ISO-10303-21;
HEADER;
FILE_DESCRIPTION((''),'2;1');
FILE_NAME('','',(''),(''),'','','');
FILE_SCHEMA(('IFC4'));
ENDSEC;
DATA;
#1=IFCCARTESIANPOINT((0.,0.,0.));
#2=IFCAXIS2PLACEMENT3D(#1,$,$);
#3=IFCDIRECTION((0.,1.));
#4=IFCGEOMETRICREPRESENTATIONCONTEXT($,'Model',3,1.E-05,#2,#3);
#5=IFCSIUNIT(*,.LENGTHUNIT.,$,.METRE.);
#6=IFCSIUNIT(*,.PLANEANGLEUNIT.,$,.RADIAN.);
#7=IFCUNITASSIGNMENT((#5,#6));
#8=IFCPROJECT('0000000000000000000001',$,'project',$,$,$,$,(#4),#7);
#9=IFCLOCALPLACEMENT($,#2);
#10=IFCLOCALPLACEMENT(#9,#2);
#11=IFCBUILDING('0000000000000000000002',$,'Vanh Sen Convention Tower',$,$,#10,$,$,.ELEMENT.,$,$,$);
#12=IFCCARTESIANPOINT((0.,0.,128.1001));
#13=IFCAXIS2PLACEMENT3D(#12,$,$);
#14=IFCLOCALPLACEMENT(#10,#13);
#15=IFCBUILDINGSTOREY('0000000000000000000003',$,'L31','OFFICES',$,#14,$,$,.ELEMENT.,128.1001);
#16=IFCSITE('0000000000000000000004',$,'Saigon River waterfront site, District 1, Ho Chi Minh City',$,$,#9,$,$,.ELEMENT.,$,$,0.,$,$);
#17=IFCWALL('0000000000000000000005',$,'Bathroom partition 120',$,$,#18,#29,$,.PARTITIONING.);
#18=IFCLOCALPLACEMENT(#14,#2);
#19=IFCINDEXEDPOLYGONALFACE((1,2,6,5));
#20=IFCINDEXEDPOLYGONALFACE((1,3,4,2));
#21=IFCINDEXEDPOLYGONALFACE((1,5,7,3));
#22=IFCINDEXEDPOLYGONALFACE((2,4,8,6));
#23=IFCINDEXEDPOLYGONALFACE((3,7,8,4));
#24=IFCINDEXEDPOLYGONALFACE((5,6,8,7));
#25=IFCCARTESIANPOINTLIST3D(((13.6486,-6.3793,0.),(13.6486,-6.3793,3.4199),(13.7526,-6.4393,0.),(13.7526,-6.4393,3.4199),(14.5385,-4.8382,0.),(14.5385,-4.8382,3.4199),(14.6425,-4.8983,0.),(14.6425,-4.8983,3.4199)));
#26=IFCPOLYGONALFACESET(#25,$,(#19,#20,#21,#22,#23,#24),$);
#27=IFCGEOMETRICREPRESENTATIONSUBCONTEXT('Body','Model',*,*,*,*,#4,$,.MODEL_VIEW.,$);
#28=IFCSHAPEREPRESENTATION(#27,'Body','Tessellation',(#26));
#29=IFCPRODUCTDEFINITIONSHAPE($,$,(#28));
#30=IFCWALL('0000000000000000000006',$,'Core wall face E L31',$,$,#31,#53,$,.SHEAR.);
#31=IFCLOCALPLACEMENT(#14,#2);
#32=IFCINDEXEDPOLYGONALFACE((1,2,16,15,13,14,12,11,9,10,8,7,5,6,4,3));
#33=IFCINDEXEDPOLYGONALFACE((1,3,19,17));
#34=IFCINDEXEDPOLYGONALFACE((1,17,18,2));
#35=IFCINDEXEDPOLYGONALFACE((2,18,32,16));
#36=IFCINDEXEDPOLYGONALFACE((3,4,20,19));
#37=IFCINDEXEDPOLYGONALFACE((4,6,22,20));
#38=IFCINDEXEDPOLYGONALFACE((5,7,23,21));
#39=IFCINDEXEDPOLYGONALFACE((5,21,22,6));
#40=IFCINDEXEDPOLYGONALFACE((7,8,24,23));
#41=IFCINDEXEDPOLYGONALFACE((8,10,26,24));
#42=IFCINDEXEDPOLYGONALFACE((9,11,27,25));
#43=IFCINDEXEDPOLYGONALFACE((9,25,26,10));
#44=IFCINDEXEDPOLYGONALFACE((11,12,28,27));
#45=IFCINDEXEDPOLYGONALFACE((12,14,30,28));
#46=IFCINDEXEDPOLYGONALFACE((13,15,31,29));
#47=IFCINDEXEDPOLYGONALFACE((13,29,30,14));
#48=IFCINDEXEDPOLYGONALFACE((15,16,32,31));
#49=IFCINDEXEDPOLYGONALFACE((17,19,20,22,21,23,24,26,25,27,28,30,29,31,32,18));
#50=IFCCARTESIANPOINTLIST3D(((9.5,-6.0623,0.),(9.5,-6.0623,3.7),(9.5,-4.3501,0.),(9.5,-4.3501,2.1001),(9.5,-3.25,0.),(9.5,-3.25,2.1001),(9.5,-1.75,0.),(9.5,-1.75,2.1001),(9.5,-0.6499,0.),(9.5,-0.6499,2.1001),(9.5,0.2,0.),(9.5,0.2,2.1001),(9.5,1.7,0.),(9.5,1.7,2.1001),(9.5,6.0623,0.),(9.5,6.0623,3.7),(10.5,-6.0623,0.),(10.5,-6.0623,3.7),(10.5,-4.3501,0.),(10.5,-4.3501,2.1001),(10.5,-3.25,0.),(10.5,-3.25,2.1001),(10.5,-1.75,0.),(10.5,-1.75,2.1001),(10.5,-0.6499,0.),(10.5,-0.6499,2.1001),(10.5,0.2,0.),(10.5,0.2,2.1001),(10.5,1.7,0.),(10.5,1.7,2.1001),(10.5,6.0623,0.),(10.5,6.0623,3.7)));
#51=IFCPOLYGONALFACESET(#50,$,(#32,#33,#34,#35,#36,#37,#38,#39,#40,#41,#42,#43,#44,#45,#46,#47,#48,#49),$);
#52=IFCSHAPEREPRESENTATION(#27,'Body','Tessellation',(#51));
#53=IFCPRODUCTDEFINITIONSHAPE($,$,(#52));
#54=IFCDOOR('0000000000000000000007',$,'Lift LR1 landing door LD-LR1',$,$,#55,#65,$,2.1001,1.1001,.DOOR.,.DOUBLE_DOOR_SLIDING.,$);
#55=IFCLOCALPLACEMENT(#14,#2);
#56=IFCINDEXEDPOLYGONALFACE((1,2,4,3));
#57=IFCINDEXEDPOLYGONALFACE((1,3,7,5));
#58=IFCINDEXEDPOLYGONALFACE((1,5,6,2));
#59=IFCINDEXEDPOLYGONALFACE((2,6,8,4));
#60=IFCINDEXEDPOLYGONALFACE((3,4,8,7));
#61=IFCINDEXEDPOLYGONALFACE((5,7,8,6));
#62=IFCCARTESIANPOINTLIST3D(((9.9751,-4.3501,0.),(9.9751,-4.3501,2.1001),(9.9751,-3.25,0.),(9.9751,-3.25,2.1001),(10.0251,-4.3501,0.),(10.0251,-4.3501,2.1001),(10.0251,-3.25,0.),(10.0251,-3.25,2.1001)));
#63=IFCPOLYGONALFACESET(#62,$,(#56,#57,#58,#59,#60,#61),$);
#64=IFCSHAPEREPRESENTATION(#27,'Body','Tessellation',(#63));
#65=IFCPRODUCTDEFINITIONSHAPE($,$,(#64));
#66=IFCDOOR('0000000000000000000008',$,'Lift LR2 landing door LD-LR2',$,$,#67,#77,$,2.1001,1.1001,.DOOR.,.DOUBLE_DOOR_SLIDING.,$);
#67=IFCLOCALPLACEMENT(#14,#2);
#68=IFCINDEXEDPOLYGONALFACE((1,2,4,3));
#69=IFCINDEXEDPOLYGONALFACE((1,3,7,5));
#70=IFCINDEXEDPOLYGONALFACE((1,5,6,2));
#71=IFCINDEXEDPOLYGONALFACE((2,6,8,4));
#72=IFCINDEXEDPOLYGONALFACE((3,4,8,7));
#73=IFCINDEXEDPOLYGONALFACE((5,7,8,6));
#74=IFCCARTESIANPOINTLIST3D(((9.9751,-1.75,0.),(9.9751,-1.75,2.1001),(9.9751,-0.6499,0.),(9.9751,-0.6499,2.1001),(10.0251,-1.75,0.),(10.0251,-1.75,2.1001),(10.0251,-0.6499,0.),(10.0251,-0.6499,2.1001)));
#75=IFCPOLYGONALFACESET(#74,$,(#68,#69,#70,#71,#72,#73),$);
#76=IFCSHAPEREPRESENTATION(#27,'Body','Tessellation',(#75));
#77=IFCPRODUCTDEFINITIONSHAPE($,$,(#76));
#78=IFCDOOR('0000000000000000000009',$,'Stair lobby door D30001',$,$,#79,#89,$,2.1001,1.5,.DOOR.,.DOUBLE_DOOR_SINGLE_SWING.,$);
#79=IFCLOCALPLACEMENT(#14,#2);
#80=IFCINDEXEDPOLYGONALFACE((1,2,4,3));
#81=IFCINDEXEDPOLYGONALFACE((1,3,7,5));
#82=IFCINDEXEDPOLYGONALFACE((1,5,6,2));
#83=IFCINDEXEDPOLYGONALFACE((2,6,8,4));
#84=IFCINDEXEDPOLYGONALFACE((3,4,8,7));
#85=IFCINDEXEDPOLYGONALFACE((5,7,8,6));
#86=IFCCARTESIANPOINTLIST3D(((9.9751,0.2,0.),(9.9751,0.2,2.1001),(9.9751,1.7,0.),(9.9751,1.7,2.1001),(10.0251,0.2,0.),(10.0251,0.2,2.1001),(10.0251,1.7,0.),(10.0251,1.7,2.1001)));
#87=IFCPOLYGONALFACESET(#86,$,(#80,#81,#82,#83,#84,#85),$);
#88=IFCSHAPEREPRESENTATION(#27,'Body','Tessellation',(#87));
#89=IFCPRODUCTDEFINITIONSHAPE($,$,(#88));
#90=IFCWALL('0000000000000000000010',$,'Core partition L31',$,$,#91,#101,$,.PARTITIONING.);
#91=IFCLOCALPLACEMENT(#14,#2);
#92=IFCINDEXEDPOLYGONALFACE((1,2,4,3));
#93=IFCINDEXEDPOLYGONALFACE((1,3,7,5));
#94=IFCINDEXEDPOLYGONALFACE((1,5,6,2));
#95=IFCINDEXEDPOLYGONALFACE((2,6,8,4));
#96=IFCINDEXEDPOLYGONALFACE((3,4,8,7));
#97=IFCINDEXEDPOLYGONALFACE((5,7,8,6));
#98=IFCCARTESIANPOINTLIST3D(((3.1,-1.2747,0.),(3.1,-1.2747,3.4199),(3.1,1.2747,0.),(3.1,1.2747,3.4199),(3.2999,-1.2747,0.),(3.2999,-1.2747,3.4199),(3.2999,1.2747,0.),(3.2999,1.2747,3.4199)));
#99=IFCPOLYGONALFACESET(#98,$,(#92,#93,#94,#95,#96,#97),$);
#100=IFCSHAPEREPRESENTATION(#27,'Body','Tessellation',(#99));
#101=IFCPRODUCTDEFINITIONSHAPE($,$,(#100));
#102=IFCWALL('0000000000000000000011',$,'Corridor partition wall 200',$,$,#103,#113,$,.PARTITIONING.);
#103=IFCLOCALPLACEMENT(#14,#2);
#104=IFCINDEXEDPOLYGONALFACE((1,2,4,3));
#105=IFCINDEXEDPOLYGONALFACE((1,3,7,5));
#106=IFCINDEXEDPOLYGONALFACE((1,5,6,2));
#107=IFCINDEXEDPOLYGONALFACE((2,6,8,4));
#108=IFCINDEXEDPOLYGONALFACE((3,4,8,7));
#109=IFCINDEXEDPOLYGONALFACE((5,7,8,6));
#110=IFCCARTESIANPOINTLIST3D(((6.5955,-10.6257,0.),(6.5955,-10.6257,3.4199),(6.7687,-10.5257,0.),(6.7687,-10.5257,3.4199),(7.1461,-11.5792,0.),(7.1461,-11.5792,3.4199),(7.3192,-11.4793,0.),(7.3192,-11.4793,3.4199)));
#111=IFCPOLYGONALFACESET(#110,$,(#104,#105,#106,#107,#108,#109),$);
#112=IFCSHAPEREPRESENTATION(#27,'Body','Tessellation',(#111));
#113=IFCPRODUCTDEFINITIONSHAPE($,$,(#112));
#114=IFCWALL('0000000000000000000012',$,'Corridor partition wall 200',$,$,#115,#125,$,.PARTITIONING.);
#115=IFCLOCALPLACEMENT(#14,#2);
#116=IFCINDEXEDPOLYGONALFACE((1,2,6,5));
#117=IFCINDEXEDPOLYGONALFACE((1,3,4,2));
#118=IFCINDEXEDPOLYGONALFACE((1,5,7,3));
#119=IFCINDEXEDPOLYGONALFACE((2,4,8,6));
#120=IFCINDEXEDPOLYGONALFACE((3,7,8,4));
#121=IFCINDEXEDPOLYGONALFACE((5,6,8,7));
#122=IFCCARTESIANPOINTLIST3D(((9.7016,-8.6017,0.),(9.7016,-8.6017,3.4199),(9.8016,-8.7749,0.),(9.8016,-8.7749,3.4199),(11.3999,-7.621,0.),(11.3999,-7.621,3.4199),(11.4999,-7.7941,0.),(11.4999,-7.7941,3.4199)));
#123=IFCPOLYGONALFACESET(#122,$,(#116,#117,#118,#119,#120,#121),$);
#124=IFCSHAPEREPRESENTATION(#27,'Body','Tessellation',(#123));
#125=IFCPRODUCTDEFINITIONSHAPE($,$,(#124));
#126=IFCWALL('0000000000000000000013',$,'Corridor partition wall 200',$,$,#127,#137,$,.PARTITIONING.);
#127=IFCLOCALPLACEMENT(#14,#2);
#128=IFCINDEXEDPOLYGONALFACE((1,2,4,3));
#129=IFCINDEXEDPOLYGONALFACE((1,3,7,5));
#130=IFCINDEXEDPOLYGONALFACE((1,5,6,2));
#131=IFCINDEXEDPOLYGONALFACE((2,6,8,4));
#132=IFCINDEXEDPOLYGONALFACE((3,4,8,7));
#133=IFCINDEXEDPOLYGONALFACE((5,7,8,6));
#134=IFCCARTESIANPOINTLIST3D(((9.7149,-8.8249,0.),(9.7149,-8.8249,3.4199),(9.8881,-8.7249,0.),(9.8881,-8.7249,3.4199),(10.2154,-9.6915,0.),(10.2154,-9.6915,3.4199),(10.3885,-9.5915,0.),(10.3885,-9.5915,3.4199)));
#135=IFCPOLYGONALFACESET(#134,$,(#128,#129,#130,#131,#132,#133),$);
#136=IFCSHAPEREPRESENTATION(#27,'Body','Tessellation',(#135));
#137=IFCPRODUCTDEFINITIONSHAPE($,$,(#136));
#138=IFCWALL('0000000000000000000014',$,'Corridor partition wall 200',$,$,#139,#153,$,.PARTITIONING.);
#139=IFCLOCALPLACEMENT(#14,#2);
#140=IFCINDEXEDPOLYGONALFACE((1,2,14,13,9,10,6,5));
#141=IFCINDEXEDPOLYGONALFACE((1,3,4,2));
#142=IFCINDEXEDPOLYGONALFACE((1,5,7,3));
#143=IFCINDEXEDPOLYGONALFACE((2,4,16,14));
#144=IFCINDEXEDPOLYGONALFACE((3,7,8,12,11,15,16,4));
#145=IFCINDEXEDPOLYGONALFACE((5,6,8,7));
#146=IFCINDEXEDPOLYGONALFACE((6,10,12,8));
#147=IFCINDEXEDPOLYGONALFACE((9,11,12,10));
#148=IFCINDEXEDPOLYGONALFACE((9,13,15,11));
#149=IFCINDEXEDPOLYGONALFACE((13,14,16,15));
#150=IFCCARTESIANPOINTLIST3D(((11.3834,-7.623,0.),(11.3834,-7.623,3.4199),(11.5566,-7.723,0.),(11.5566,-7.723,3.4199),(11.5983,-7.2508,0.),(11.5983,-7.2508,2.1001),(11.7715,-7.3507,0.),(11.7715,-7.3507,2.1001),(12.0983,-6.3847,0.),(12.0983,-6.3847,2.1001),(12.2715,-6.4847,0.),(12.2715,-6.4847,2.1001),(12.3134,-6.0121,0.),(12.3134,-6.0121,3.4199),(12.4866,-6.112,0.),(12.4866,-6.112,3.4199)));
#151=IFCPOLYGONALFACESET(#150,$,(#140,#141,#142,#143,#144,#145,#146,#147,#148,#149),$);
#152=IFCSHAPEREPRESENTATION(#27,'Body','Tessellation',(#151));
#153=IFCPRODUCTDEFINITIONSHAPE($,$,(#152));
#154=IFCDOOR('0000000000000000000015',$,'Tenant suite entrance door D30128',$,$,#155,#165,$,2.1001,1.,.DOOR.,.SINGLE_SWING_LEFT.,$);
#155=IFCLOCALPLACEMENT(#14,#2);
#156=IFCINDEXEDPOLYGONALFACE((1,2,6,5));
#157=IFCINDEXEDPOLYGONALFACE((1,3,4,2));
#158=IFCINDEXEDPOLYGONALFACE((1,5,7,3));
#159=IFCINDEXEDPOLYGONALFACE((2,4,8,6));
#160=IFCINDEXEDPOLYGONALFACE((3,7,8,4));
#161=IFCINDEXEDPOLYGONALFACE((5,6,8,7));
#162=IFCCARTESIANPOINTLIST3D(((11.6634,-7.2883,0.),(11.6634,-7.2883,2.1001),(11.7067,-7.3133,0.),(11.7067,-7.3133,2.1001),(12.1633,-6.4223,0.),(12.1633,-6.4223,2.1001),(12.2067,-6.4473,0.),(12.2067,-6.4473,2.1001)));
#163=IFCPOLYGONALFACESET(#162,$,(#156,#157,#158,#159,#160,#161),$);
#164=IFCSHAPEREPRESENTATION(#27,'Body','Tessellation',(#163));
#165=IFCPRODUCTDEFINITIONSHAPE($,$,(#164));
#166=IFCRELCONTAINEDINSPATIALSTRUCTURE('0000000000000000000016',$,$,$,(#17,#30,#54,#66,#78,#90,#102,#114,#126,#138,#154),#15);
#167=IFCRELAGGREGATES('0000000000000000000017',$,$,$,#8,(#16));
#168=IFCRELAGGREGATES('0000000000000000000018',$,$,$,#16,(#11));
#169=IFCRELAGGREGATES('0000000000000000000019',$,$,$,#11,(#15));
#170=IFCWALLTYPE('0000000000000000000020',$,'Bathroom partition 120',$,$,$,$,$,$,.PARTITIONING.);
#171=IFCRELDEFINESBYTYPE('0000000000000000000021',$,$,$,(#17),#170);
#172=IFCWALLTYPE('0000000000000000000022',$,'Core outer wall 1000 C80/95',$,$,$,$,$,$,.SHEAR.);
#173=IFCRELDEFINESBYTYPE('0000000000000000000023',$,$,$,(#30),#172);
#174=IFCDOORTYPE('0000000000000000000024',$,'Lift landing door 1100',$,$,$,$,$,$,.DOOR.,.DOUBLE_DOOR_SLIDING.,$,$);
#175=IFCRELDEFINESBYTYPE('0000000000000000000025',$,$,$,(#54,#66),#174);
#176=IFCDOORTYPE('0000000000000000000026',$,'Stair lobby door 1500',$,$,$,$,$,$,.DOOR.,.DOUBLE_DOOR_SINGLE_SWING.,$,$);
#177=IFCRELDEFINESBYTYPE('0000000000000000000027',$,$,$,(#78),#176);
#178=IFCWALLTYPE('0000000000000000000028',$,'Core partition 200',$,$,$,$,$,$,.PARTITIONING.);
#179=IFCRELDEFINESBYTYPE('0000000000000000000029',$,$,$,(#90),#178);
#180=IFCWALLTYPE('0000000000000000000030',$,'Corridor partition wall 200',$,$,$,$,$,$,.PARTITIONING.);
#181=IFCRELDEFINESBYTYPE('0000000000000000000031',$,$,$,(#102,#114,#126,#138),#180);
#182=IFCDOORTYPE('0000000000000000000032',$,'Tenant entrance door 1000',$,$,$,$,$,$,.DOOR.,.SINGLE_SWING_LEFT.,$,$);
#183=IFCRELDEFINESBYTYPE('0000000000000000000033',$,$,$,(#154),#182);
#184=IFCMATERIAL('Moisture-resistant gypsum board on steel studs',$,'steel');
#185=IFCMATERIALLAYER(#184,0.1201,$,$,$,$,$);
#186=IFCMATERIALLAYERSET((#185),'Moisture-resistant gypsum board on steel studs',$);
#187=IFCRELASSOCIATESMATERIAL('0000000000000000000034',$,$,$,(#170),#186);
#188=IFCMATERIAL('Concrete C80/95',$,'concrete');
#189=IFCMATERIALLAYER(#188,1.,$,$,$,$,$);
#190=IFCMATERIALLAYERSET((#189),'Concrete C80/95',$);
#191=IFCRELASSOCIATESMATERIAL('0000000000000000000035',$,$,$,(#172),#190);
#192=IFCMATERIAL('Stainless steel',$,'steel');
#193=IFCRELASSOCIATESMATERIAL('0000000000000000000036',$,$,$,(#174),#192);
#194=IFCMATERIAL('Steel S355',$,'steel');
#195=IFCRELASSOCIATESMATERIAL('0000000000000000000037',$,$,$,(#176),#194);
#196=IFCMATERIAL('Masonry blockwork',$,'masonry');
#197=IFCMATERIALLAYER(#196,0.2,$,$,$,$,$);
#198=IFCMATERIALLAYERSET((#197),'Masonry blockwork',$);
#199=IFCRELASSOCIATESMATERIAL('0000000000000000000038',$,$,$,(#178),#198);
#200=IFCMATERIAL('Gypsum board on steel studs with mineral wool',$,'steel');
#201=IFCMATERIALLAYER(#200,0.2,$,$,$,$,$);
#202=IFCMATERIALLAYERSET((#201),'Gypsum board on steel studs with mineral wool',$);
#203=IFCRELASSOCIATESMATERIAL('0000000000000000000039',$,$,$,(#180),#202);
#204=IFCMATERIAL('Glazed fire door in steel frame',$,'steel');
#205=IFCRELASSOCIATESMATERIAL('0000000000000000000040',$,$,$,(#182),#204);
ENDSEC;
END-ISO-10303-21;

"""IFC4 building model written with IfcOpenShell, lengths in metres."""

from ifc_helpers import new_model, si_unit, direction, frame, frame_2d, origin, place, context, subcontext, project, spatial, rectangle, extrude, material, layer, layer_set, type_object, element, fill, save


model = new_model("IFC4")

# Units and contexts
model_context = context("Model", 3, precision=1e-05, world=origin(), true_north=direction((0.0, 1.0)))
body_context = subcontext(model_context, "Body", "Model", "MODEL_VIEW")
ifc_project = project(units=[si_unit("LENGTHUNIT", "METRE"), si_unit("PLANEANGLEUNIT", "RADIAN")], contexts=[model_context])

# Site, building, storey
site_placement = place(None, origin())
site = spatial("IfcSite", under=ifc_project, at=site_placement, Name="Saigon River waterfront site, District 1, Ho Chi Minh City", CompositionType="ELEMENT", RefElevation=0.0)
building_placement = place(site_placement, origin())
building = spatial("IfcBuilding", under=site, at=building_placement, Name="Vanh Sen Convention Tower", CompositionType="ELEMENT")
storey_placement = place(building_placement, frame((0.0, 0.0, 128.1001)))
storey = spatial("IfcBuildingStorey", under=building, at=storey_placement, Name="L31", Description="OFFICES", CompositionType="ELEMENT", Elevation=128.1001)

# Wall
ifc_material_1 = material(Name="Moisture-resistant gypsum board on steel studs", Category="steel")
ifc_layer_1 = layer(ifc_material_1, 0.1201)
ifc_layer_set_1 = layer_set([ifc_layer_1], Name="Moisture-resistant gypsum board on steel studs")
wall_type_1 = type_object("IfcWallType", Name="Bathroom partition 120", PredefinedType="PARTITIONING", material=ifc_layer_set_1)
wall_1_placement = place(storey_placement, frame((13.7007, -6.4092, 0.0), z_axis=(0.0, 0.0, 1.0), x_axis=(0.500079, 0.86598, 0.0)))
element("IfcWall", 1, at=wall_1_placement, inside=storey, type_object=wall_type_1, Name="Bathroom partition 120", PredefinedType="PARTITIONING", context=body_context, shape_type="SweptSolid", body=[
    extrude(rectangle(XDim=1.7795, YDim=0.1201, at=frame_2d((0.8896, 0.0))), origin(), (0.0, 0.0, 1.0), 3.4199),
])

# Wall, openings, doors
ifc_material_2 = material(Name="Concrete C80/95", Category="concrete")
ifc_layer_2 = layer(ifc_material_2, 1.0)
ifc_layer_set_2 = layer_set([ifc_layer_2], Name="Concrete C80/95")
wall_type_2 = type_object("IfcWallType", Name="Core outer wall 1000 C80/95", PredefinedType="SHEAR", material=ifc_layer_set_2)
wall_2_placement = place(storey_placement, frame((10.0, -6.0623, 0.0), z_axis=(0.0, 0.0, 1.0), x_axis=(0.0, 1.0, 0.0)))
wall_2 = element("IfcWall", 2, at=wall_2_placement, inside=storey, type_object=wall_type_2, Name="Core wall face E L31", PredefinedType="SHEAR", context=body_context, shape_type="SweptSolid", body=[
    extrude(rectangle(XDim=12.1245, YDim=1.0, at=frame_2d((6.0623, 0.0))), origin(), (0.0, 0.0, 1.0), 3.7),
])
opening_1_placement = place(wall_2_placement, frame((6.2622, 0.0, 0.0)))
opening_1 = element("IfcOpeningElement", 3, at=opening_1_placement, cuts=wall_2, PredefinedType="OPENING", context=body_context, shape_type="SweptSolid", body=[
    extrude(rectangle(XDim=1.5, YDim=2.1001, at=frame_2d((0.75, 1.05))), frame((0.0, 0.51, 0.0), z_axis=(0.0, -1.0, 0.0), x_axis=(1.0, 0.0, 0.0)), (0.0, 0.0, 1.0), 1.02),
])
opening_2_placement = place(wall_2_placement, frame((1.7122, 0.0, 0.0)))
opening_2 = element("IfcOpeningElement", 4, at=opening_2_placement, cuts=wall_2, PredefinedType="OPENING", context=body_context, shape_type="SweptSolid", body=[
    extrude(rectangle(XDim=1.1001, YDim=2.1001, at=frame_2d((0.55, 1.05))), frame((0.0, 0.51, 0.0), z_axis=(0.0, -1.0, 0.0), x_axis=(1.0, 0.0, 0.0)), (0.0, 0.0, 1.0), 1.02),
])
opening_3_placement = place(wall_2_placement, frame((4.3123, 0.0, 0.0)))
opening_3 = element("IfcOpeningElement", 5, at=opening_3_placement, cuts=wall_2, PredefinedType="OPENING", context=body_context, shape_type="SweptSolid", body=[
    extrude(rectangle(XDim=1.1001, YDim=2.1001, at=frame_2d((0.55, 1.05))), frame((0.0, 0.51, 0.0), z_axis=(0.0, -1.0, 0.0), x_axis=(1.0, 0.0, 0.0)), (0.0, 0.0, 1.0), 1.02),
])
ifc_material_3 = material(Name="Stainless steel", Category="steel")
door_type_1 = type_object("IfcDoorType", Name="Lift landing door 1100", OperationType="DOUBLE_DOOR_SLIDING", PredefinedType="DOOR", material=ifc_material_3)
door_1_placement = place(opening_2_placement, origin())
door_1 = element("IfcDoor", 6, at=door_1_placement, inside=storey, type_object=door_type_1, Name="Lift LR1 landing door LD-LR1", OperationType="DOUBLE_DOOR_SLIDING", OverallHeight=2.1001, OverallWidth=1.1001, PredefinedType="DOOR", context=body_context, shape_type="SweptSolid", body=[
    extrude(rectangle(XDim=1.1001, YDim=2.1001, at=frame_2d((0.55, 1.05))), frame((0.0, 0.0249, 0.0), z_axis=(0.0, -1.0, 0.0), x_axis=(1.0, 0.0, 0.0)), (0.0, 0.0, 1.0), 0.05),
])
fill(opening_2, door_1)
door_2_placement = place(opening_3_placement, origin())
door_2 = element("IfcDoor", 7, at=door_2_placement, inside=storey, type_object=door_type_1, Name="Lift LR2 landing door LD-LR2", OperationType="DOUBLE_DOOR_SLIDING", OverallHeight=2.1001, OverallWidth=1.1001, PredefinedType="DOOR", context=body_context, shape_type="SweptSolid", body=[
    extrude(rectangle(XDim=1.1001, YDim=2.1001, at=frame_2d((0.55, 1.05))), frame((0.0, 0.0249, 0.0), z_axis=(0.0, -1.0, 0.0), x_axis=(1.0, 0.0, 0.0)), (0.0, 0.0, 1.0), 0.05),
])
fill(opening_3, door_2)
ifc_material_4 = material(Name="Steel S355", Category="steel")
door_type_2 = type_object("IfcDoorType", Name="Stair lobby door 1500", OperationType="DOUBLE_DOOR_SINGLE_SWING", PredefinedType="DOOR", material=ifc_material_4)
door_3_placement = place(opening_1_placement, origin())
door_3 = element("IfcDoor", 8, at=door_3_placement, inside=storey, type_object=door_type_2, Name="Stair lobby door D30001", OperationType="DOUBLE_DOOR_SINGLE_SWING", OverallHeight=2.1001, OverallWidth=1.5, PredefinedType="DOOR", context=body_context, shape_type="SweptSolid", body=[
    extrude(rectangle(XDim=1.5, YDim=2.1001, at=frame_2d((0.75, 1.05))), frame((0.0, 0.0249, 0.0), z_axis=(0.0, -1.0, 0.0), x_axis=(1.0, 0.0, 0.0)), (0.0, 0.0, 1.0), 0.05),
])
fill(opening_1, door_3)

# Walls
ifc_material_5 = material(Name="Masonry blockwork", Category="masonry")
ifc_layer_3 = layer(ifc_material_5, 0.2)
ifc_layer_set_3 = layer_set([ifc_layer_3], Name="Masonry blockwork")
wall_type_3 = type_object("IfcWallType", Name="Core partition 200", PredefinedType="PARTITIONING", material=ifc_layer_set_3)
wall_3_placement = place(storey_placement, frame((3.2, -1.2747, 0.0), z_axis=(0.0, 0.0, 1.0), x_axis=(0.0, 1.0, 0.0)))
element("IfcWall", 9, at=wall_3_placement, inside=storey, type_object=wall_type_3, Name="Core partition L31", PredefinedType="PARTITIONING", context=body_context, shape_type="SweptSolid", body=[
    extrude(rectangle(XDim=2.5493, YDim=0.2, at=frame_2d((1.2747, 0.0))), origin(), (0.0, 0.0, 1.0), 3.4199),
])
ifc_material_6 = material(Name="Gypsum board on steel studs with mineral wool", Category="steel")
ifc_layer_4 = layer(ifc_material_6, 0.2)
ifc_layer_set_4 = layer_set([ifc_layer_4], Name="Gypsum board on steel studs with mineral wool")
wall_type_4 = type_object("IfcWallType", Name="Corridor partition wall 200", PredefinedType="PARTITIONING", material=ifc_layer_set_4)
wall_4_placement = place(storey_placement, frame((6.6821, -10.5757, 0.0), z_axis=(0.0, 0.0, 1.0), x_axis=(0.499978, -0.866038, 0.0)))
element("IfcWall", 10, at=wall_4_placement, inside=storey, type_object=wall_type_4, Name="Corridor partition wall 200", PredefinedType="PARTITIONING", context=body_context, shape_type="SweptSolid", body=[
    extrude(rectangle(XDim=1.1011, YDim=0.2, at=frame_2d((0.5505, 0.0))), origin(), (0.0, 0.0, 1.0), 3.4199),
])
wall_5_placement = place(storey_placement, frame((9.7517, -8.6882, 0.0), z_axis=(0.0, 0.0, 1.0), x_axis=(0.865974, 0.500089, 0.0)))
element("IfcWall", 11, at=wall_5_placement, inside=storey, type_object=wall_type_4, Name="Corridor partition wall 200", PredefinedType="PARTITIONING", context=body_context, shape_type="SweptSolid", body=[
    extrude(rectangle(XDim=1.9612, YDim=0.2, at=frame_2d((0.9805, 0.0))), origin(), (0.0, 0.0, 1.0), 3.4199),
])
wall_6_placement = place(storey_placement, frame((10.302, -9.6416, 0.0), z_axis=(0.0, 0.0, 1.0), x_axis=(-0.500074, 0.865982, 0.0)))
element("IfcWall", 12, at=wall_6_placement, inside=storey, type_object=wall_type_4, Name="Corridor partition wall 200", PredefinedType="PARTITIONING", context=body_context, shape_type="SweptSolid", body=[
    extrude(rectangle(XDim=1.0007, YDim=0.2, at=frame_2d((0.5005, 0.0))), origin(), (0.0, 0.0, 1.0), 3.4199),
])

# Wall, opening, door
wall_7_placement = place(storey_placement, frame((11.47, -7.6731, 0.0), z_axis=(0.0, 0.0, 1.0), x_axis=(0.499965, 0.866046, 0.0)))
wall_7 = element("IfcWall", 13, at=wall_7_placement, inside=storey, type_object=wall_type_4, Name="Corridor partition wall 200", PredefinedType="PARTITIONING", context=body_context, shape_type="SweptSolid", body=[
    extrude(rectangle(XDim=1.8601, YDim=0.2, at=frame_2d((0.9302, 0.0))), origin(), (0.0, 0.0, 1.0), 3.4199),
])
opening_4_placement = place(wall_7_placement, frame((0.4299, 0.0, 0.0)))
opening_4 = element("IfcOpeningElement", 14, at=opening_4_placement, cuts=wall_7, PredefinedType="OPENING", context=body_context, shape_type="SweptSolid", body=[
    extrude(rectangle(XDim=1.0, YDim=2.1001, at=frame_2d((0.5, 1.05))), frame((0.0, 0.1099, 0.0), z_axis=(0.0, -1.0, 0.0), x_axis=(1.0, 0.0, 0.0)), (0.0, 0.0, 1.0), 0.22),
])
ifc_material_7 = material(Name="Glazed fire door in steel frame", Category="steel")
door_type_3 = type_object("IfcDoorType", Name="Tenant entrance door 1000", OperationType="SINGLE_SWING_LEFT", PredefinedType="DOOR", material=ifc_material_7)
door_4_placement = place(opening_4_placement, origin())
door_4 = element("IfcDoor", 15, at=door_4_placement, inside=storey, type_object=door_type_3, Name="Tenant suite entrance door D30128", OperationType="SINGLE_SWING_LEFT", OverallHeight=2.1001, OverallWidth=1.0, PredefinedType="DOOR", context=body_context, shape_type="SweptSolid", body=[
    extrude(rectangle(XDim=1.0, YDim=2.1001, at=frame_2d((0.5, 1.05))), frame((0.0, 0.0249, 0.0), z_axis=(0.0, -1.0, 0.0), x_axis=(1.0, 0.0, 0.0)), (0.0, 0.0, 1.0), 0.05),
])
fill(opening_4, door_4)

save(model, "model.ifc")
